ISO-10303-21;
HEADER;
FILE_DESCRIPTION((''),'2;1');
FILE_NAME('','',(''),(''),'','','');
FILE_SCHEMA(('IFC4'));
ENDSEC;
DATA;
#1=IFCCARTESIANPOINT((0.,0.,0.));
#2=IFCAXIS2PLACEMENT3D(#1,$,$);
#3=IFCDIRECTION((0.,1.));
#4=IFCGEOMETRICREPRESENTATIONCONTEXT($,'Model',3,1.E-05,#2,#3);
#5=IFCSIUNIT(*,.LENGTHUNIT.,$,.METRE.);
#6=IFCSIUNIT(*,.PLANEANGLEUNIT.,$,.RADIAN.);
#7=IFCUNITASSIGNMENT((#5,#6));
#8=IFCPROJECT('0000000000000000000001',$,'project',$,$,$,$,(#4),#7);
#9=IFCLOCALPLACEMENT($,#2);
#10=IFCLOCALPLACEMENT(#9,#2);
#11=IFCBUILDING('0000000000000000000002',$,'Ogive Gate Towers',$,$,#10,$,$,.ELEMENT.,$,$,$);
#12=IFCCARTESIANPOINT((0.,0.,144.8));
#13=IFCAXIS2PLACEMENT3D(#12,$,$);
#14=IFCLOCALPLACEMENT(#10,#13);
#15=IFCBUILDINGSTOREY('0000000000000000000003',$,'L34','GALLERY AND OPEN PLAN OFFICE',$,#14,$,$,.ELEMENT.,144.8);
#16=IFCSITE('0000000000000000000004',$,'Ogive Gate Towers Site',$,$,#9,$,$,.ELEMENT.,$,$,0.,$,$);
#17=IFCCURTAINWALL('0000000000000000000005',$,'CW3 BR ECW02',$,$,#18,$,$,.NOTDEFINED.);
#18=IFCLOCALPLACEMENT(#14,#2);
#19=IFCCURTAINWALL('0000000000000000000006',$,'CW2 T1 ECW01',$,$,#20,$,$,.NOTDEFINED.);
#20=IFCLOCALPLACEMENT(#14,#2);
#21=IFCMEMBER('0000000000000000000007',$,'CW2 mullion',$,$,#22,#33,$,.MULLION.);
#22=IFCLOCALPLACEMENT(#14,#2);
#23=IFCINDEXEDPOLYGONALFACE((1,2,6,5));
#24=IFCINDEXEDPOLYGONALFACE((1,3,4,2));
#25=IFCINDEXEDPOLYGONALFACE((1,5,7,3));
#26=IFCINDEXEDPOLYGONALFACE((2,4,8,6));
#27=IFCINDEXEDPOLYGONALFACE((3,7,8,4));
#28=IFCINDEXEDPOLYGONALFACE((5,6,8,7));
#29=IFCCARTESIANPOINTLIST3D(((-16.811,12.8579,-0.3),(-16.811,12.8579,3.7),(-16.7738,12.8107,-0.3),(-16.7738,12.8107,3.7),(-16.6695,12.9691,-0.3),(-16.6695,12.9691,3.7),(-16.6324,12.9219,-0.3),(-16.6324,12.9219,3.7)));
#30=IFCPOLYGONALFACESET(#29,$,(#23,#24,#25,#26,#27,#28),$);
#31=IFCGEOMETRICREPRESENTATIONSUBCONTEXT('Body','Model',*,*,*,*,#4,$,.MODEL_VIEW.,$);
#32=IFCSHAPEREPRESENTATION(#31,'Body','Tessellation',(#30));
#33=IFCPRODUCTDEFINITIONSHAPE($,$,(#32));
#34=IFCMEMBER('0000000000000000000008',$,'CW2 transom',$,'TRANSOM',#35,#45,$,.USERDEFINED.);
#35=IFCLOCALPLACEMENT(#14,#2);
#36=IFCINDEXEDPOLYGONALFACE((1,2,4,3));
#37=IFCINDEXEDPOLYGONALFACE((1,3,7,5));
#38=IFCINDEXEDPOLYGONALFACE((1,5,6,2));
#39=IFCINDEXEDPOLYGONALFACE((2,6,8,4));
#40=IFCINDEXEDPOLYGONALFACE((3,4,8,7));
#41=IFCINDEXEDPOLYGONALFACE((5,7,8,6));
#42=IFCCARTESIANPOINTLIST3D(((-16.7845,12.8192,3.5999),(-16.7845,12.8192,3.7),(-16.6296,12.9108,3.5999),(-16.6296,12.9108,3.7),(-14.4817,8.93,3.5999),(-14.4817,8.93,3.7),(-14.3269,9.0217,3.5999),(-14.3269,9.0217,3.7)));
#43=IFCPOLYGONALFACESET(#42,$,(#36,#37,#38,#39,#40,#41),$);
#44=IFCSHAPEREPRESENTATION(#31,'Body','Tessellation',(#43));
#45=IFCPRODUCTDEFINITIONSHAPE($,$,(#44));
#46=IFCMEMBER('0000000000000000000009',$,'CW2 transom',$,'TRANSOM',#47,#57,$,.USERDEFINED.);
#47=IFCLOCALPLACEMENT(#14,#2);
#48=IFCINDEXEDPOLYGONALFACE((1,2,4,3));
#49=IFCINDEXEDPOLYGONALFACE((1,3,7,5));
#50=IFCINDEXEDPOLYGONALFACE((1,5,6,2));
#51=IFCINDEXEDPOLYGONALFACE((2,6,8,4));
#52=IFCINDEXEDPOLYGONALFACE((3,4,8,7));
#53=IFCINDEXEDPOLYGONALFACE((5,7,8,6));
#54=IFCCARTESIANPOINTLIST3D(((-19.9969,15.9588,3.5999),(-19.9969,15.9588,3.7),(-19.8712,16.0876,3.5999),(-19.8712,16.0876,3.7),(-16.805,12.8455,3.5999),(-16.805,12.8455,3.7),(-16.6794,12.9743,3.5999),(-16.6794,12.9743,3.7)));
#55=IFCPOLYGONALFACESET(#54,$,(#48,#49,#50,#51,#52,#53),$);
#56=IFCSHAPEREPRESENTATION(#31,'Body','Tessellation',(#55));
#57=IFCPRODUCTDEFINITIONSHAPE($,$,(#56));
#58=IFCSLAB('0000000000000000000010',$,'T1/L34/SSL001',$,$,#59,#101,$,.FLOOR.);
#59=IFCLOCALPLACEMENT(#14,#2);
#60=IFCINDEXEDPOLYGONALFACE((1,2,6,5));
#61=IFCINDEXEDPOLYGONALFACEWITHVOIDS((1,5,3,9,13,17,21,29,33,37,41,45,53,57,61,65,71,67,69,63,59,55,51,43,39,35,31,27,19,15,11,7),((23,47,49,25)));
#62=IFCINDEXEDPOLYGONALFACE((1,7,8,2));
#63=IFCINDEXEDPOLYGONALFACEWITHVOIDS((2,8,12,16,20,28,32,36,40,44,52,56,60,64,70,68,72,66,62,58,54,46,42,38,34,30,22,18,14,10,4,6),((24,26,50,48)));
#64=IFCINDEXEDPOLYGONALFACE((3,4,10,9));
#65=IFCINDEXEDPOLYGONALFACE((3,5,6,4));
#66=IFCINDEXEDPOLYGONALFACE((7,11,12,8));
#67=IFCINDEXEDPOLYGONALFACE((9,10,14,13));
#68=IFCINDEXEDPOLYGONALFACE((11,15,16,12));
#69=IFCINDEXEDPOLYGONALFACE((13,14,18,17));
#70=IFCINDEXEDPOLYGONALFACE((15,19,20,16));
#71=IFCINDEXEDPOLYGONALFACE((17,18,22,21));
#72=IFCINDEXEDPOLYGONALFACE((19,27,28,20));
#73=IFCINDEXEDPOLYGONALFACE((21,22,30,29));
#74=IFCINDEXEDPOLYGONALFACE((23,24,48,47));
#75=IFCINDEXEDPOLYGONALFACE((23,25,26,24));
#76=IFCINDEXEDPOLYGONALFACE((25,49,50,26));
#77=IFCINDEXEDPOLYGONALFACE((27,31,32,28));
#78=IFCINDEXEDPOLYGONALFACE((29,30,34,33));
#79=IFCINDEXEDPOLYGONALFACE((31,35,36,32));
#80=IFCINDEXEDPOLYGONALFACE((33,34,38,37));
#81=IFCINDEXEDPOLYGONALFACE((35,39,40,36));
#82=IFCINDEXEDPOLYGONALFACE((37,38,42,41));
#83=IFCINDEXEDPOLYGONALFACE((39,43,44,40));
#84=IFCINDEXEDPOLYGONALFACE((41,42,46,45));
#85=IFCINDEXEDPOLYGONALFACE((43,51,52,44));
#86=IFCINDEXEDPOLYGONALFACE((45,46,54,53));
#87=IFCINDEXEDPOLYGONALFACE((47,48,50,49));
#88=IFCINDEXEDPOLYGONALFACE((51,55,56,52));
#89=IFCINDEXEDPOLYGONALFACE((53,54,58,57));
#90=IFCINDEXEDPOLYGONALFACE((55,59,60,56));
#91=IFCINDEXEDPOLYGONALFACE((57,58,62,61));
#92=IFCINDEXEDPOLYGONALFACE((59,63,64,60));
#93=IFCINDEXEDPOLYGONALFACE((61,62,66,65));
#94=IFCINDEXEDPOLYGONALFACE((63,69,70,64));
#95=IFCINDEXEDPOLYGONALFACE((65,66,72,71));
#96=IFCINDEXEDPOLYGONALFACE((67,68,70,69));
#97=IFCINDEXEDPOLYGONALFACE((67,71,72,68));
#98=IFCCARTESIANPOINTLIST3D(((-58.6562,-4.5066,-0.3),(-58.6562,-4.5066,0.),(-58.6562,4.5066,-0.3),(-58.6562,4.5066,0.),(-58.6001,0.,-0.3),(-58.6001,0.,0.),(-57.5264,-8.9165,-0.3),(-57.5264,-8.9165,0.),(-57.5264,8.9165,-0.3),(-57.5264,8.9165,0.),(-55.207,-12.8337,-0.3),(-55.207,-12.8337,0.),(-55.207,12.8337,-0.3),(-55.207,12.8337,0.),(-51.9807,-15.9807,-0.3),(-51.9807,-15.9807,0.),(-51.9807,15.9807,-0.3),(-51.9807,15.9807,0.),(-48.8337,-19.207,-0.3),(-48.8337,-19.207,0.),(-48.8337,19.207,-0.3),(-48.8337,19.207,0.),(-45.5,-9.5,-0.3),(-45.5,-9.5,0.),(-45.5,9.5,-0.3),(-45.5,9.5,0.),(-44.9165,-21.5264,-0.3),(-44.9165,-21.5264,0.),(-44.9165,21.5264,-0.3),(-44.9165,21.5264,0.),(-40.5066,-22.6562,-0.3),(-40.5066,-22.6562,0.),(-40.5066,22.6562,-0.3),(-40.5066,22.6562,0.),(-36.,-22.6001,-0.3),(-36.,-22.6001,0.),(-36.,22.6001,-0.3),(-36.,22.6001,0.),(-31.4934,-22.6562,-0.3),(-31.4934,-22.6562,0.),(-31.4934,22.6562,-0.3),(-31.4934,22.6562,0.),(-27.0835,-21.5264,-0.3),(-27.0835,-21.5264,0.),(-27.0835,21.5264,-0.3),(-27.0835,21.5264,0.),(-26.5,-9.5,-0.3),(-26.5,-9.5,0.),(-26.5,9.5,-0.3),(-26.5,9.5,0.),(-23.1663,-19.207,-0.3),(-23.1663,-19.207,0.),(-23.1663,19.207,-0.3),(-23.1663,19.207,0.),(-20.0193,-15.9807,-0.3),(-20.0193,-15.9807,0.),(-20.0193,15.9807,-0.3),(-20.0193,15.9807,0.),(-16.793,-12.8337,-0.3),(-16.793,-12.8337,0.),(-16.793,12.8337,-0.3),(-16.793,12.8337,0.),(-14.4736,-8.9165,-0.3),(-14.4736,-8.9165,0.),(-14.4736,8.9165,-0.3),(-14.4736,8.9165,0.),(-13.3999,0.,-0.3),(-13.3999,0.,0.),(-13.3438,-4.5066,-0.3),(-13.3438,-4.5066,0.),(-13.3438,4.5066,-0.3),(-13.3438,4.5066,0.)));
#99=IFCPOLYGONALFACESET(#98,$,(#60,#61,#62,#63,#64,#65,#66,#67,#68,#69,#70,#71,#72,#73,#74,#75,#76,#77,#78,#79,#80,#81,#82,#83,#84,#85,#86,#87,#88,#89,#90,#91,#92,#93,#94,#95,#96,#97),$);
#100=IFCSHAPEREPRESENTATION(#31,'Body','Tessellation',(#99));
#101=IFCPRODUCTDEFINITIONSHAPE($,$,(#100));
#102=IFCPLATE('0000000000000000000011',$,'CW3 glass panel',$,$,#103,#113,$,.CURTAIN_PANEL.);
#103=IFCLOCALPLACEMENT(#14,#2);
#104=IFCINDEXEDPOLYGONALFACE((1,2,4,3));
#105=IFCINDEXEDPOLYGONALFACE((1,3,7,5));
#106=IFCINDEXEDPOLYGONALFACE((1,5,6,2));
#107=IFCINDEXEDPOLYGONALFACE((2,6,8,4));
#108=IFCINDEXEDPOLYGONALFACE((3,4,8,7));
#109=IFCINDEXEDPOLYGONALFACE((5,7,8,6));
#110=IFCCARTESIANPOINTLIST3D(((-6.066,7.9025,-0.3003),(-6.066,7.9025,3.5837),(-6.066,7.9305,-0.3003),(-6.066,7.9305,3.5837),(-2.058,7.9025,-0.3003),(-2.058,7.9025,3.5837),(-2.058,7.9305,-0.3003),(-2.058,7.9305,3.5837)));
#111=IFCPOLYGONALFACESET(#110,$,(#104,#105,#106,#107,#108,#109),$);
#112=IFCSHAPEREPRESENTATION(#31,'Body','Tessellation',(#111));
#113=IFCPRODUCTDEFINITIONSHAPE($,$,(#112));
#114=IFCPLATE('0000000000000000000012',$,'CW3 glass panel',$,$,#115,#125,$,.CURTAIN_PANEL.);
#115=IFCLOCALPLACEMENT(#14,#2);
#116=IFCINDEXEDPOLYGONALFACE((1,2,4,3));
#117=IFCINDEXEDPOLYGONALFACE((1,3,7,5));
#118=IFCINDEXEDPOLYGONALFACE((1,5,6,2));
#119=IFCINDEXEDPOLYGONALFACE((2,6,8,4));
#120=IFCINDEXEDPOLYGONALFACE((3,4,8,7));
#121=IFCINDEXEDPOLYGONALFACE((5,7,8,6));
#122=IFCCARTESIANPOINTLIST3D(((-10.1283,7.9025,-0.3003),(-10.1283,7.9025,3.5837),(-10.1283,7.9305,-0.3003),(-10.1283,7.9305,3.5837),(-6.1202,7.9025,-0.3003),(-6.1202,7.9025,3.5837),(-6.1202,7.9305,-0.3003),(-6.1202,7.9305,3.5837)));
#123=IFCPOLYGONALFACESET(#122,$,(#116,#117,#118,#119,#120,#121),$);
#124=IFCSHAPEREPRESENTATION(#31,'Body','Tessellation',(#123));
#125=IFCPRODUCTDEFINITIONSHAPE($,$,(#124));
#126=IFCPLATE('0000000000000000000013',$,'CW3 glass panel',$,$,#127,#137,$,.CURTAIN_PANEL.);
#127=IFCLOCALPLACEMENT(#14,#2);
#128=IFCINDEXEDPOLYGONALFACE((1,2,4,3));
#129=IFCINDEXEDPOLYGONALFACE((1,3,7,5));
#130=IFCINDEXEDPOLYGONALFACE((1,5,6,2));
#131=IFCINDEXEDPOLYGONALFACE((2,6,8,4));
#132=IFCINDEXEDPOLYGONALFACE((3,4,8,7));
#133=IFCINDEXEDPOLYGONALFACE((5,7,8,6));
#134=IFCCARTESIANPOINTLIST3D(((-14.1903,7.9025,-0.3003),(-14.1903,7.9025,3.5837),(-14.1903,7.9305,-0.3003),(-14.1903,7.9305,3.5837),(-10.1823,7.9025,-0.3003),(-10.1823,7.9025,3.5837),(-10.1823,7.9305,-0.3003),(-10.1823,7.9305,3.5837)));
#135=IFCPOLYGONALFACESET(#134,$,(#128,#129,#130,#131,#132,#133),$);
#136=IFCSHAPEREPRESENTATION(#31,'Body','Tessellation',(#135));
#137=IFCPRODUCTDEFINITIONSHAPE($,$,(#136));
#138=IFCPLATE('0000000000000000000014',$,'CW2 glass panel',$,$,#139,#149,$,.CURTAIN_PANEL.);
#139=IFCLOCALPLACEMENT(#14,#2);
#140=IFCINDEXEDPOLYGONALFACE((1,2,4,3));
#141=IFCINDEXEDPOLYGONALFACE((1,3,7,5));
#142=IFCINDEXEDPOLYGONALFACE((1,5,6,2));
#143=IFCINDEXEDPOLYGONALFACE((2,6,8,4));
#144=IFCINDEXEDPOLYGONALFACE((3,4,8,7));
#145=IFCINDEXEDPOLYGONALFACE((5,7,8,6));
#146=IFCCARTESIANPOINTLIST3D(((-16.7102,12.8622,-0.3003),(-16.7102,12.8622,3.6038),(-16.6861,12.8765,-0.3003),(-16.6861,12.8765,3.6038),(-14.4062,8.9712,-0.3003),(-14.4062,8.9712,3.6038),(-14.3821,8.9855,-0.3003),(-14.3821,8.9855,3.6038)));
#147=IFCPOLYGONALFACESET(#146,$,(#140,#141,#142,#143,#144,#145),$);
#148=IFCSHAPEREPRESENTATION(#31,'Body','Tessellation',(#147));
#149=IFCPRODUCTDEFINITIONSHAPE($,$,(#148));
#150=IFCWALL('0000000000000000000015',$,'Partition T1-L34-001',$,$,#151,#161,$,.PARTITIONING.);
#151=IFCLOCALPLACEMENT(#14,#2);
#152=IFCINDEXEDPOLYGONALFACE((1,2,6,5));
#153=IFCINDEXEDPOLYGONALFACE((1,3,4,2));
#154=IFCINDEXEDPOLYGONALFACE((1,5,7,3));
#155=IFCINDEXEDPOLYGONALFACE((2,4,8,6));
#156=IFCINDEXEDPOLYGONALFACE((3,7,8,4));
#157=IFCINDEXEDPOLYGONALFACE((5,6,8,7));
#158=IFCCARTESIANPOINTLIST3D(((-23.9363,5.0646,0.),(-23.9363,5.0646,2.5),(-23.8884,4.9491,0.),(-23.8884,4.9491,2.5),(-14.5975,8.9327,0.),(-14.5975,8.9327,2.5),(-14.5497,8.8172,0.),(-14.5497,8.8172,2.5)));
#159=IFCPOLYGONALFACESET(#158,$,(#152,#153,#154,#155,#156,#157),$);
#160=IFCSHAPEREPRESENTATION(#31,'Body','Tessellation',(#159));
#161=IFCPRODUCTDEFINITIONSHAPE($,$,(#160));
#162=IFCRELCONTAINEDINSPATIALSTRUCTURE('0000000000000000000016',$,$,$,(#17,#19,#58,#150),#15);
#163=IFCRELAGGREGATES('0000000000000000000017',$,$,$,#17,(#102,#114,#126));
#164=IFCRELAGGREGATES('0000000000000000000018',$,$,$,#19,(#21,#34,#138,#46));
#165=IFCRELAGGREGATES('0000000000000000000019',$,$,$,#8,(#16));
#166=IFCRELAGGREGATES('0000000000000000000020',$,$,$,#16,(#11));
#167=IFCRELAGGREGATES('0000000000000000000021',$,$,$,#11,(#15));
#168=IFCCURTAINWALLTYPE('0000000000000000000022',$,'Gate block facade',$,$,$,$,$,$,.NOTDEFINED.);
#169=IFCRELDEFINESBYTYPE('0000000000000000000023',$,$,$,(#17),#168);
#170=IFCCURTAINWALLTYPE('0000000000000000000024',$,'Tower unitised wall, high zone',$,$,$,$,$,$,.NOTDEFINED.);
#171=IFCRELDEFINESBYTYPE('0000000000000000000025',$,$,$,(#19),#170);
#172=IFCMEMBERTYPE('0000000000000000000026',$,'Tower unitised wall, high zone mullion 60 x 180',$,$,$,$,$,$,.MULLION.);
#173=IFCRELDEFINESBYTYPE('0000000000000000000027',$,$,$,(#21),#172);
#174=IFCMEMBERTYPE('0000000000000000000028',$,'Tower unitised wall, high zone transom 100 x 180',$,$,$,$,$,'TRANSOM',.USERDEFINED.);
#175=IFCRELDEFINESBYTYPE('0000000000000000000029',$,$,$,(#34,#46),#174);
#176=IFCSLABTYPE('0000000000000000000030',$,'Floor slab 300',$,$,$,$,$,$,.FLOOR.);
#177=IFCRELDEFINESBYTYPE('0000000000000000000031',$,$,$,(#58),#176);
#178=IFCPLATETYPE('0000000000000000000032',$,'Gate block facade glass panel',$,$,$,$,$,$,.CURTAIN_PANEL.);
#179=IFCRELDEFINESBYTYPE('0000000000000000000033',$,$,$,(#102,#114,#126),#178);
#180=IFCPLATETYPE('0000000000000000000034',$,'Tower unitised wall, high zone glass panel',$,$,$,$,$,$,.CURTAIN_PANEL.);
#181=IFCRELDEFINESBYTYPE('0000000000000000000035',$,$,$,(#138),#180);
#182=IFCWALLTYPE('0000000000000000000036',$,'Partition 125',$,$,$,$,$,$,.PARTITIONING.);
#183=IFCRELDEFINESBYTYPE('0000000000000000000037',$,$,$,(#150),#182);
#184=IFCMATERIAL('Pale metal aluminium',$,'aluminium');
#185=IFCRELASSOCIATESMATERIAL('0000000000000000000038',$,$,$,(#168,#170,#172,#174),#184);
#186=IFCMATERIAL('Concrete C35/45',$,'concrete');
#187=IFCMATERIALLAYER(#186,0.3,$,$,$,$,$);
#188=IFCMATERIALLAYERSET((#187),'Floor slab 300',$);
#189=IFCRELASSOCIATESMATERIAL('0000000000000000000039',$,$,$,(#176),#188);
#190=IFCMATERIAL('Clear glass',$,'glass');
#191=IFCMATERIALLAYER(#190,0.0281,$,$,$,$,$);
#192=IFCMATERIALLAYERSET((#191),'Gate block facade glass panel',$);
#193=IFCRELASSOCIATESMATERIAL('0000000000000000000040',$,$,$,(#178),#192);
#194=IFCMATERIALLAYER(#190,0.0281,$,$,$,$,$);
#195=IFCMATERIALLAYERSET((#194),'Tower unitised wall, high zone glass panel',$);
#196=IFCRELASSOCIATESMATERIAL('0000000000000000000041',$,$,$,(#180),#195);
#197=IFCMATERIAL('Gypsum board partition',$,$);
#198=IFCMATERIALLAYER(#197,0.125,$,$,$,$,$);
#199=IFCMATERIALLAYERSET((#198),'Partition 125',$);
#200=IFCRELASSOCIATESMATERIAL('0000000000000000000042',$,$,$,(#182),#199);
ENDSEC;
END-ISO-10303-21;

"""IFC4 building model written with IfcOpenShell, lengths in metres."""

from ifc_helpers import new_model, si_unit, direction, frame, frame_2d, origin, origin_2d, place, context, subcontext, project, spatial, polyline, rectangle, outline, extrude, material, layer, layer_set, material_profile, profile_set, type_object, element, aggregate, save


model = new_model("IFC4")

# Units and contexts
model_context = context("Model", 3, precision=1e-05, world=origin(), true_north=direction((0.0, 1.0)))
body_context = subcontext(model_context, "Body", "Model", "MODEL_VIEW")
ifc_project = project(units=[si_unit("LENGTHUNIT", "METRE"), si_unit("PLANEANGLEUNIT", "RADIAN")], contexts=[model_context])

# Site, building, storey
site_placement = place(None, origin())
site = spatial("IfcSite", under=ifc_project, at=site_placement, Name="Ogive Gate Towers Site", CompositionType="ELEMENT", RefElevation=0.0)
building_placement = place(site_placement, origin())
building = spatial("IfcBuilding", under=site, at=building_placement, Name="Ogive Gate Towers", CompositionType="ELEMENT")
storey_placement = place(building_placement, frame((0.0, 0.0, 144.8)))
storey = spatial("IfcBuildingStorey", under=building, at=storey_placement, Name="L34", Description="GALLERY AND OPEN PLAN OFFICE", CompositionType="ELEMENT", Elevation=144.8)

# Curtain walls, members
ifc_material_1 = material(Name="Pale metal aluminium", Category="aluminium")
curtain_wall_type_1 = type_object("IfcCurtainWallType", Name="Gate block facade", PredefinedType="NOTDEFINED", material=ifc_material_1)
curtain_wall_1_placement = place(storey_placement, origin())
curtain_wall_1 = element("IfcCurtainWall", 1, at=curtain_wall_1_placement, inside=storey, type_object=curtain_wall_type_1, Name="CW3 BR ECW02", PredefinedType="NOTDEFINED")
curtain_wall_type_2 = type_object("IfcCurtainWallType", Name="Tower unitised wall, high zone", PredefinedType="NOTDEFINED", material=ifc_material_1)
curtain_wall_2_placement = place(storey_placement, origin())
curtain_wall_2 = element("IfcCurtainWall", 2, at=curtain_wall_2_placement, inside=storey, type_object=curtain_wall_type_2, Name="CW2 T1 ECW01", PredefinedType="NOTDEFINED")
ifc_material_profile_1 = material_profile(ifc_material_1, rectangle(XDim=0.1799, YDim=0.0601, at=origin_2d()), Name="60 x 180 aluminium box")
ifc_profile_set_1 = profile_set([ifc_material_profile_1], Name="Pale metal aluminium")
member_type_1 = type_object("IfcMemberType", Name="Tower unitised wall, high zone mullion 60 x 180", PredefinedType="MULLION", material=ifc_profile_set_1)
member_1_placement = place(storey_placement, frame((-16.7217, 12.8899, -0.3), z_axis=(0.0, 0.0, 1.0), x_axis=(0.786148, 0.618038, 0.0)))
member_1 = element("IfcMember", 3, at=member_1_placement, type_object=member_type_1, Name="CW2 mullion", PredefinedType="MULLION", context=body_context, shape_type="SweptSolid", body=[
    extrude(rectangle(XDim=0.1799, YDim=0.0601, at=origin_2d()), origin(), (0.0, 0.0, 1.0), 4.0),
])
ifc_material_profile_2 = material_profile(ifc_material_1, rectangle(XDim=0.1799, YDim=0.1001, at=origin_2d()), Name="100 x 180 aluminium box")
ifc_profile_set_2 = profile_set([ifc_material_profile_2], Name="Pale metal aluminium")
member_type_2 = type_object("IfcMemberType", Name="Tower unitised wall, high zone transom 100 x 180", ElementType="TRANSOM", PredefinedType="USERDEFINED", material=ifc_profile_set_2)
member_2_placement = place(storey_placement, frame((-14.4043, 8.9758, 3.6499), z_axis=(-0.509483, 0.860481, 0.0), x_axis=(-0.860481, -0.509483, 0.0)))
member_2 = element("IfcMember", 4, at=member_2_placement, type_object=member_type_2, Name="CW2 transom", ObjectType="TRANSOM", PredefinedType="USERDEFINED", context=body_context, shape_type="SweptSolid", body=[
    extrude(rectangle(XDim=0.1799, YDim=0.1001, at=origin_2d()), origin(), (0.0, 0.0, 1.0), 4.5198),
])
member_3_placement = place(storey_placement, frame((-16.7422, 12.9099, 3.6499), z_axis=(-0.715867, 0.698236, 0.0), x_axis=(-0.698236, -0.715867, 0.0)))
member_3 = element("IfcMember", 5, at=member_3_placement, type_object=member_type_2, Name="CW2 transom", ObjectType="TRANSOM", PredefinedType="USERDEFINED", context=body_context, shape_type="SweptSolid", body=[
    extrude(rectangle(XDim=0.1799, YDim=0.1001, at=origin_2d()), origin(), (0.0, 0.0, 1.0), 4.4587),
])

# Slab
ifc_material_2 = material(Name="Concrete C35/45", Category="concrete")
ifc_layer_1 = layer(ifc_material_2, 0.3)
ifc_layer_set_1 = layer_set([ifc_layer_1], Name="Floor slab 300")
slab_type = type_object("IfcSlabType", Name="Floor slab 300", PredefinedType="FLOOR", material=ifc_layer_set_1)
slab_placement = place(storey_placement, frame((0.0, 0.0, -0.3)))
element("IfcSlab", 6, at=slab_placement, inside=storey, type_object=slab_type, Name="T1/L34/SSL001", PredefinedType="FLOOR", context=body_context, shape_type="SweptSolid", body=[
    extrude(outline(polyline([(-13.3438, -4.5066), (-13.3999, 0.0), (-13.3438, 4.5066), (-14.4736, 8.9165), (-16.793, 12.8337), (-20.0193, 15.9807), (-23.1663, 19.207), (-27.0835, 21.5264), (-31.4934, 22.6562), (-36.0, 22.6001), (-40.5066, 22.6562), (-44.9165, 21.5264), (-48.8337, 19.207), (-51.9807, 15.9807), (-55.207, 12.8337), (-57.5264, 8.9165), (-58.6562, 4.5066), (-58.6001, 0.0), (-58.6562, -4.5066), (-57.5264, -8.9165), (-55.207, -12.8337), (-51.9807, -15.9807), (-48.8337, -19.207), (-44.9165, -21.5264), (-40.5066, -22.6562), (-36.0, -22.6001), (-31.4934, -22.6562), (-27.0835, -21.5264), (-23.1663, -19.207), (-20.0193, -15.9807), (-16.793, -12.8337), (-14.4736, -8.9165), (-13.3438, -4.5066)]), holes=[polyline([(-26.5, -9.5), (-45.5, -9.5), (-45.5, 9.5), (-26.5, 9.5), (-26.5, -9.5)])]), origin(), (0.0, 0.0, 1.0), 0.3),
])

# Plates
ifc_material_3 = material(Name="Clear glass", Category="glass")
ifc_layer_2 = layer(ifc_material_3, 0.0281)
ifc_layer_set_2 = layer_set([ifc_layer_2], Name="Gate block facade glass panel")
plate_type_1 = type_object("IfcPlateType", Name="Gate block facade glass panel", PredefinedType="CURTAIN_PANEL", material=ifc_layer_set_2)
plate_1_placement = place(storey_placement, frame((-4.062, 7.9165, -0.3003), z_axis=(0.0, 0.0, 1.0), x_axis=(-1.0, 0.0, 0.0)))
plate_1 = element("IfcPlate", 7, at=plate_1_placement, type_object=plate_type_1, Name="CW3 glass panel", PredefinedType="CURTAIN_PANEL", context=body_context, shape_type="SweptSolid", body=[
    extrude(rectangle(XDim=4.0081, YDim=0.0281, at=origin_2d()), origin(), (0.0, 0.0, 1.0), 3.884),
])
plate_2_placement = place(storey_placement, frame((-8.1243, 7.9165, -0.3003), z_axis=(0.0, 0.0, 1.0), x_axis=(-1.0, 0.0, 0.0)))
plate_2 = element("IfcPlate", 8, at=plate_2_placement, type_object=plate_type_1, Name="CW3 glass panel", PredefinedType="CURTAIN_PANEL", context=body_context, shape_type="SweptSolid", body=[
    extrude(rectangle(XDim=4.0081, YDim=0.0281, at=origin_2d()), origin(), (0.0, 0.0, 1.0), 3.884),
])
plate_3_placement = place(storey_placement, frame((-12.1863, 7.9165, -0.3003), z_axis=(0.0, 0.0, 1.0), x_axis=(-1.0, 0.0, 0.0)))
plate_3 = element("IfcPlate", 9, at=plate_3_placement, type_object=plate_type_1, Name="CW3 glass panel", PredefinedType="CURTAIN_PANEL", context=body_context, shape_type="SweptSolid", body=[
    extrude(rectangle(XDim=4.0081, YDim=0.0281, at=origin_2d()), origin(), (0.0, 0.0, 1.0), 3.884),
])
aggregate(curtain_wall_1, [plate_1, plate_2, plate_3])
ifc_layer_3 = layer(ifc_material_3, 0.0281)
ifc_layer_set_3 = layer_set([ifc_layer_3], Name="Tower unitised wall, high zone glass panel")
plate_type_2 = type_object("IfcPlateType", Name="Tower unitised wall, high zone glass panel", PredefinedType="CURTAIN_PANEL", material=ifc_layer_set_3)
plate_4_placement = place(storey_placement, frame((-15.5461, 10.9238, -0.3003), z_axis=(0.0, 0.0, 1.0), x_axis=(-0.509507, 0.860466, 0.0)))
plate_4 = element("IfcPlate", 10, at=plate_4_placement, type_object=plate_type_2, Name="CW2 glass panel", PredefinedType="CURTAIN_PANEL", context=body_context, shape_type="SweptSolid", body=[
    extrude(rectangle(XDim=4.522, YDim=0.0281, at=origin_2d()), origin(), (0.0, 0.0, 1.0), 3.9041),
])
aggregate(curtain_wall_2, [member_1, member_2, plate_4, member_3])

# Wall
ifc_material_4 = material(Name="Gypsum board partition")
ifc_layer_4 = layer(ifc_material_4, 0.125)
ifc_layer_set_4 = layer_set([ifc_layer_4], Name="Partition 125")
wall_type_1 = type_object("IfcWallType", Name="Partition 125", PredefinedType="PARTITIONING", material=ifc_layer_set_4)
wall_1_placement = place(storey_placement, frame((-14.5735, 8.875, 0.0), z_axis=(0.0, 0.0, 1.0), x_axis=(-0.923884, -0.382673, 0.0)))
element("IfcWall", 11, at=wall_1_placement, inside=storey, type_object=wall_type_1, Name="Partition T1-L34-001", PredefinedType="PARTITIONING", context=body_context, shape_type="SweptSolid", body=[
    extrude(rectangle(XDim=10.1082, YDim=0.125, at=frame_2d((5.0542, 0.0))), origin(), (0.0, 0.0, 1.0), 2.5),
])

save(model, "model.ifc")
